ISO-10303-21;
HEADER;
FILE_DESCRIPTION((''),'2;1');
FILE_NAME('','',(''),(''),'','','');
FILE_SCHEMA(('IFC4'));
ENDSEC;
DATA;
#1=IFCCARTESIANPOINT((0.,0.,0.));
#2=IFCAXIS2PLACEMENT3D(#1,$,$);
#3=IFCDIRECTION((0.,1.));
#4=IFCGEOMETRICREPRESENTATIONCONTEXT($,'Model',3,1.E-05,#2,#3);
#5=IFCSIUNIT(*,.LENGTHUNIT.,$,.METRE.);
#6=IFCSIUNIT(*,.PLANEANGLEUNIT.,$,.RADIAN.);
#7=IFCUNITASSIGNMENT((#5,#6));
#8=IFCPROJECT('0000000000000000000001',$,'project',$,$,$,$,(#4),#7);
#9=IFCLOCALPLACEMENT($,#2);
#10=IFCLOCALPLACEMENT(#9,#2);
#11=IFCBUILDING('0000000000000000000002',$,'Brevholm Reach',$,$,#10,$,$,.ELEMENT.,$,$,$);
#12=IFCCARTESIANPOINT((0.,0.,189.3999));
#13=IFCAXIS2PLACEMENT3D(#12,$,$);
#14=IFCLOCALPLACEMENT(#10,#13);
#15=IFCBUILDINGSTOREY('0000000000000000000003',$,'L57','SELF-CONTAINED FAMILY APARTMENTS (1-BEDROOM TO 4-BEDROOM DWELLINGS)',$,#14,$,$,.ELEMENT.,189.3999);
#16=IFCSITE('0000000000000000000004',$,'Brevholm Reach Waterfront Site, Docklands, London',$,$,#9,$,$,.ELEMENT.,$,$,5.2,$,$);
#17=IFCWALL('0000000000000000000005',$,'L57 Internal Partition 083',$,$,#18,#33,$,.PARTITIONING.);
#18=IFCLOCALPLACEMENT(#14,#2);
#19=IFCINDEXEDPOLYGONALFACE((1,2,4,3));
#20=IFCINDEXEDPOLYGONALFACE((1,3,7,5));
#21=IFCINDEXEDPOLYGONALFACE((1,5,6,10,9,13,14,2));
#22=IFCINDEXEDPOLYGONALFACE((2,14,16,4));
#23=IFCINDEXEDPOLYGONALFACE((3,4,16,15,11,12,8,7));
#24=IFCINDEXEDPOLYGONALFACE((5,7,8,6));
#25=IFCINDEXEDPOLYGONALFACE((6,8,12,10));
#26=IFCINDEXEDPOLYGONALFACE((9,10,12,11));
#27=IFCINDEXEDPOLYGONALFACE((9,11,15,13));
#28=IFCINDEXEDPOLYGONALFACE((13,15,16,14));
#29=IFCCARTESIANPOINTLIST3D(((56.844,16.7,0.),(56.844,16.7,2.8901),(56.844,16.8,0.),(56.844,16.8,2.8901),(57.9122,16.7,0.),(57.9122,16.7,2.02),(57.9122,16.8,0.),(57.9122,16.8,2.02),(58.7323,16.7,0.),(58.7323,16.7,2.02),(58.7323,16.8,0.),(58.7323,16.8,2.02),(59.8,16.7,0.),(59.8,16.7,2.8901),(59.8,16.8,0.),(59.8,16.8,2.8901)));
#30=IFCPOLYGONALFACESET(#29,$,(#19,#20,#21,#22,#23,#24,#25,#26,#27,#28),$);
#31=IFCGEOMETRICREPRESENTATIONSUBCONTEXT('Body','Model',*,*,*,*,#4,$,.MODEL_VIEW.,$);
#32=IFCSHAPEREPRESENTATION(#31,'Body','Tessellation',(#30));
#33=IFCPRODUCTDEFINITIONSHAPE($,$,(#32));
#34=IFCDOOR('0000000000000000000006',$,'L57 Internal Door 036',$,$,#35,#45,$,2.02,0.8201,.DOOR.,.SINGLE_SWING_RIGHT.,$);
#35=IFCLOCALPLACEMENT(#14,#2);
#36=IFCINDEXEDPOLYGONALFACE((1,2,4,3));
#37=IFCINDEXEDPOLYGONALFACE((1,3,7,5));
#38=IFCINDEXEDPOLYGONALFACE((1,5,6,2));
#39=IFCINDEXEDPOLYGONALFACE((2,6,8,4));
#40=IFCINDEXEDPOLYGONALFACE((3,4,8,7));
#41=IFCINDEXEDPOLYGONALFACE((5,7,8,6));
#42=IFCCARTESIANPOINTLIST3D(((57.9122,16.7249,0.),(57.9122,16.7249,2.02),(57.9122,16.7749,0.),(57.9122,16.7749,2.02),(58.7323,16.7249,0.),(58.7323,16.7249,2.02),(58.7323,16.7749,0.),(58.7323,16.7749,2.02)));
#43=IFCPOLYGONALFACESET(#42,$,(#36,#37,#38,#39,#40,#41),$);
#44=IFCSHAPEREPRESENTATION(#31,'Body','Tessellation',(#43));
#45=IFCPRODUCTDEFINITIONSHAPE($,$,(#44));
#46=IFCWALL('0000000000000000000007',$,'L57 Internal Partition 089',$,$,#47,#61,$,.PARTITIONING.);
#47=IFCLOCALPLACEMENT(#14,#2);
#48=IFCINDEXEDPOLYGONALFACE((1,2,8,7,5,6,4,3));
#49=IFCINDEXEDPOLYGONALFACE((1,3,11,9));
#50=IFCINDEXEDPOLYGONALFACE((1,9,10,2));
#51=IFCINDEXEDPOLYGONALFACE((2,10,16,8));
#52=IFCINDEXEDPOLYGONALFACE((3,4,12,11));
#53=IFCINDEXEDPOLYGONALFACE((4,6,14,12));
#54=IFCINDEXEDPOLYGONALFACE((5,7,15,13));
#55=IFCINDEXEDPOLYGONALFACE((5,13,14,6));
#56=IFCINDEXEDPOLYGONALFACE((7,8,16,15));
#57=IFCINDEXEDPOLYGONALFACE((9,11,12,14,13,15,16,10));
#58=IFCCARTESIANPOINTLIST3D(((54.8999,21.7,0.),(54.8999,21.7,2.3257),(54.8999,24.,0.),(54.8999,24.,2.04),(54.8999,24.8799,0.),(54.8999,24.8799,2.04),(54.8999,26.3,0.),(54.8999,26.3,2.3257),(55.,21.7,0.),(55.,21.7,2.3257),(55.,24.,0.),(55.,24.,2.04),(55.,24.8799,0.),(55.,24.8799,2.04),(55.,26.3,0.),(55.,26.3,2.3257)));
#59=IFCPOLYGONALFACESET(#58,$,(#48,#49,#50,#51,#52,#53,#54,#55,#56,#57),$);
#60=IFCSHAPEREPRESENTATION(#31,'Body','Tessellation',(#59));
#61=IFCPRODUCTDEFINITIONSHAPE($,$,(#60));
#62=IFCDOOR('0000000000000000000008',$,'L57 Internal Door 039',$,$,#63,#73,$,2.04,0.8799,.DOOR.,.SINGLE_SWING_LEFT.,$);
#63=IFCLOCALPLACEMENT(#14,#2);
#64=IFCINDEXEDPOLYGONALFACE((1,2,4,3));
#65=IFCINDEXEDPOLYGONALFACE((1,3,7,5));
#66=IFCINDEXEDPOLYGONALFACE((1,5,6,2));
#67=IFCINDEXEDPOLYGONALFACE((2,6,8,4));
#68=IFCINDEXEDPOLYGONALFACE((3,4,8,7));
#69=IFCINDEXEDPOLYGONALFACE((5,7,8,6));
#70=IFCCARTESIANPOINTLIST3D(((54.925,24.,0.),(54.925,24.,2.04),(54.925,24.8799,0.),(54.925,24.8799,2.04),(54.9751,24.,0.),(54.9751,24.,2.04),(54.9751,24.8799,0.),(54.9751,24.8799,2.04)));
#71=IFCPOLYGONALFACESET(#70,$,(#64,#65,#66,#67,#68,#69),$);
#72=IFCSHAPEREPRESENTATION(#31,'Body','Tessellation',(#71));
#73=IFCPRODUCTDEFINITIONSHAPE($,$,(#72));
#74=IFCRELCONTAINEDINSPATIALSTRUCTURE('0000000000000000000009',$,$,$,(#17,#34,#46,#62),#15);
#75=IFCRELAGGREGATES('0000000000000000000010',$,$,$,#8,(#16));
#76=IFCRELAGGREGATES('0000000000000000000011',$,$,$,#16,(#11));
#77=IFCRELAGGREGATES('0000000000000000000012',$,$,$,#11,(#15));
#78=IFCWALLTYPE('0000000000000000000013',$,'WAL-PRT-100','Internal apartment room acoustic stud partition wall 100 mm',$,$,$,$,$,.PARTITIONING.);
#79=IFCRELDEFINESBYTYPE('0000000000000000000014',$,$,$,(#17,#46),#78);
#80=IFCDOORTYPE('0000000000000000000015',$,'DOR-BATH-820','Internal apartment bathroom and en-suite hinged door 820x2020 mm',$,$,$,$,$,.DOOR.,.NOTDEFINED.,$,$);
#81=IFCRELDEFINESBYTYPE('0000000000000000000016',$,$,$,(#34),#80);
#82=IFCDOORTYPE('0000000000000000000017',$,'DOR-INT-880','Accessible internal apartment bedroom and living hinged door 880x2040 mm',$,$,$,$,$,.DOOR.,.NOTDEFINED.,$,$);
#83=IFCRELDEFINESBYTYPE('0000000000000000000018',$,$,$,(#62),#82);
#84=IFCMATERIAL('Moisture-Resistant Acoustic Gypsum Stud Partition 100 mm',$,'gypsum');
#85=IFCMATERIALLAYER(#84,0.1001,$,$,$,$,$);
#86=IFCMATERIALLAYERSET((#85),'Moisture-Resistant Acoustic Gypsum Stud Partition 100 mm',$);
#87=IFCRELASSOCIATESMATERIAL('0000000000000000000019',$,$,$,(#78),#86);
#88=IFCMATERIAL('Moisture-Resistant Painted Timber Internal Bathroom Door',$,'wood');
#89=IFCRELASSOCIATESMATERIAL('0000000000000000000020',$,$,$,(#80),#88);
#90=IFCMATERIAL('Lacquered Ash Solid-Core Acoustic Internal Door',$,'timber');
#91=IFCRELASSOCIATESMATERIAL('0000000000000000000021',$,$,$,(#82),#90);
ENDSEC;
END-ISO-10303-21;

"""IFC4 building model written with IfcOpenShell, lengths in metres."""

from ifc_helpers import new_model, si_unit, direction, frame, frame_2d, origin, place, context, subcontext, project, spatial, rectangle, extrude, material, layer, layer_set, type_object, element, fill, save


model = new_model("IFC4")

# Units and contexts
model_context = context("Model", 3, precision=1e-05, world=origin(), true_north=direction((0.0, 1.0)))
body_context = subcontext(model_context, "Body", "Model", "MODEL_VIEW")
ifc_project = project(units=[si_unit("LENGTHUNIT", "METRE"), si_unit("PLANEANGLEUNIT", "RADIAN")], contexts=[model_context])

# Site, building, storey
site_placement = place(None, origin())
site = spatial("IfcSite", under=ifc_project, at=site_placement, Name="Brevholm Reach Waterfront Site, Docklands, London", CompositionType="ELEMENT", RefElevation=5.2)
building_placement = place(site_placement, origin())
building = spatial("IfcBuilding", under=site, at=building_placement, Name="Brevholm Reach", CompositionType="ELEMENT")
storey_placement = place(building_placement, frame((0.0, 0.0, 189.3999)))
storey = spatial("IfcBuildingStorey", under=building, at=storey_placement, Name="L57", Description="SELF-CONTAINED FAMILY APARTMENTS (1-BEDROOM TO 4-BEDROOM DWELLINGS)", CompositionType="ELEMENT", Elevation=189.3999)

# Walls, openings, doors
ifc_material_1 = material(Name="Moisture-Resistant Acoustic Gypsum Stud Partition 100 mm", Category="gypsum")
ifc_layer_1 = layer(ifc_material_1, 0.1001)
ifc_layer_set_1 = layer_set([ifc_layer_1], Name="Moisture-Resistant Acoustic Gypsum Stud Partition 100 mm")
wall_type_1 = type_object("IfcWallType", Name="WAL-PRT-100", Description="Internal apartment room acoustic stud partition wall 100 mm", PredefinedType="PARTITIONING", material=ifc_layer_set_1)
wall_1_placement = place(storey_placement, frame((56.844, 16.75, 0.0), z_axis=(0.0, 0.0, 1.0), x_axis=(1.0, 0.0, 0.0)))
wall_1 = element("IfcWall", 1, at=wall_1_placement, inside=storey, type_object=wall_type_1, Name="L57 Internal Partition 083", PredefinedType="PARTITIONING", context=body_context, shape_type="SweptSolid", body=[
    extrude(rectangle(XDim=2.9561, YDim=0.1001, at=frame_2d((1.478, 0.0))), origin(), (0.0, 0.0, 1.0), 2.8901),
])
opening_1_placement = place(wall_1_placement, frame((1.0681, 0.0, 0.0)))
opening_1 = element("IfcOpeningElement", 2, at=opening_1_placement, cuts=wall_1, PredefinedType="OPENING", context=body_context, shape_type="SweptSolid", body=[
    extrude(rectangle(XDim=0.8201, YDim=2.02, at=frame_2d((0.4102, 1.01))), frame((0.0, 0.0601, 0.0), z_axis=(0.0, -1.0, 0.0), x_axis=(1.0, 0.0, 0.0)), (0.0, 0.0, 1.0), 0.1201),
])
ifc_material_2 = material(Name="Moisture-Resistant Painted Timber Internal Bathroom Door", Category="wood")
door_type_1 = type_object("IfcDoorType", Name="DOR-BATH-820", Description="Internal apartment bathroom and en-suite hinged door 820x2020 mm", OperationType="NOTDEFINED", PredefinedType="DOOR", material=ifc_material_2)
door_1_placement = place(opening_1_placement, origin())
door_1 = element("IfcDoor", 3, at=door_1_placement, inside=storey, type_object=door_type_1, Name="L57 Internal Door 036", OperationType="SINGLE_SWING_RIGHT", OverallHeight=2.02, OverallWidth=0.8201, PredefinedType="DOOR", context=body_context, shape_type="SweptSolid", body=[
    extrude(rectangle(XDim=0.8201, YDim=2.02, at=frame_2d((0.4102, 1.01))), frame((0.0, 0.0249, 0.0), z_axis=(0.0, -1.0, 0.0), x_axis=(1.0, 0.0, 0.0)), (0.0, 0.0, 1.0), 0.05),
])
fill(opening_1, door_1)
wall_2_placement = place(storey_placement, frame((54.95, 21.7, 0.0), z_axis=(0.0, 0.0, 1.0), x_axis=(0.0, 1.0, 0.0)))
wall_2 = element("IfcWall", 4, at=wall_2_placement, inside=storey, type_object=wall_type_1, Name="L57 Internal Partition 089", PredefinedType="PARTITIONING", context=body_context, shape_type="SweptSolid", body=[
    extrude(rectangle(XDim=4.6001, YDim=0.1001, at=frame_2d((2.3, 0.0))), origin(), (0.0, 0.0, 1.0), 2.3257),
])
opening_2_placement = place(wall_2_placement, frame((2.3, 0.0, 0.0)))
opening_2 = element("IfcOpeningElement", 5, at=opening_2_placement, cuts=wall_2, PredefinedType="OPENING", context=body_context, shape_type="SweptSolid", body=[
    extrude(rectangle(XDim=0.8799, YDim=2.04, at=frame_2d((0.4399, 1.02))), frame((0.0, 0.0601, 0.0), z_axis=(0.0, -1.0, 0.0), x_axis=(1.0, 0.0, 0.0)), (0.0, 0.0, 1.0), 0.1201),
])
ifc_material_3 = material(Name="Lacquered Ash Solid-Core Acoustic Internal Door", Category="timber")
door_type_2 = type_object("IfcDoorType", Name="DOR-INT-880", Description="Accessible internal apartment bedroom and living hinged door 880x2040 mm", OperationType="NOTDEFINED", PredefinedType="DOOR", material=ifc_material_3)
door_2_placement = place(opening_2_placement, origin())
door_2 = element("IfcDoor", 6, at=door_2_placement, inside=storey, type_object=door_type_2, Name="L57 Internal Door 039", OperationType="SINGLE_SWING_LEFT", OverallHeight=2.04, OverallWidth=0.8799, PredefinedType="DOOR", context=body_context, shape_type="SweptSolid", body=[
    extrude(rectangle(XDim=0.8799, YDim=2.04, at=frame_2d((0.4399, 1.02))), frame((0.0, 0.0249, 0.0), z_axis=(0.0, -1.0, 0.0), x_axis=(1.0, 0.0, 0.0)), (0.0, 0.0, 1.0), 0.05),
])
fill(opening_2, door_2)

save(model, "model.ifc")
